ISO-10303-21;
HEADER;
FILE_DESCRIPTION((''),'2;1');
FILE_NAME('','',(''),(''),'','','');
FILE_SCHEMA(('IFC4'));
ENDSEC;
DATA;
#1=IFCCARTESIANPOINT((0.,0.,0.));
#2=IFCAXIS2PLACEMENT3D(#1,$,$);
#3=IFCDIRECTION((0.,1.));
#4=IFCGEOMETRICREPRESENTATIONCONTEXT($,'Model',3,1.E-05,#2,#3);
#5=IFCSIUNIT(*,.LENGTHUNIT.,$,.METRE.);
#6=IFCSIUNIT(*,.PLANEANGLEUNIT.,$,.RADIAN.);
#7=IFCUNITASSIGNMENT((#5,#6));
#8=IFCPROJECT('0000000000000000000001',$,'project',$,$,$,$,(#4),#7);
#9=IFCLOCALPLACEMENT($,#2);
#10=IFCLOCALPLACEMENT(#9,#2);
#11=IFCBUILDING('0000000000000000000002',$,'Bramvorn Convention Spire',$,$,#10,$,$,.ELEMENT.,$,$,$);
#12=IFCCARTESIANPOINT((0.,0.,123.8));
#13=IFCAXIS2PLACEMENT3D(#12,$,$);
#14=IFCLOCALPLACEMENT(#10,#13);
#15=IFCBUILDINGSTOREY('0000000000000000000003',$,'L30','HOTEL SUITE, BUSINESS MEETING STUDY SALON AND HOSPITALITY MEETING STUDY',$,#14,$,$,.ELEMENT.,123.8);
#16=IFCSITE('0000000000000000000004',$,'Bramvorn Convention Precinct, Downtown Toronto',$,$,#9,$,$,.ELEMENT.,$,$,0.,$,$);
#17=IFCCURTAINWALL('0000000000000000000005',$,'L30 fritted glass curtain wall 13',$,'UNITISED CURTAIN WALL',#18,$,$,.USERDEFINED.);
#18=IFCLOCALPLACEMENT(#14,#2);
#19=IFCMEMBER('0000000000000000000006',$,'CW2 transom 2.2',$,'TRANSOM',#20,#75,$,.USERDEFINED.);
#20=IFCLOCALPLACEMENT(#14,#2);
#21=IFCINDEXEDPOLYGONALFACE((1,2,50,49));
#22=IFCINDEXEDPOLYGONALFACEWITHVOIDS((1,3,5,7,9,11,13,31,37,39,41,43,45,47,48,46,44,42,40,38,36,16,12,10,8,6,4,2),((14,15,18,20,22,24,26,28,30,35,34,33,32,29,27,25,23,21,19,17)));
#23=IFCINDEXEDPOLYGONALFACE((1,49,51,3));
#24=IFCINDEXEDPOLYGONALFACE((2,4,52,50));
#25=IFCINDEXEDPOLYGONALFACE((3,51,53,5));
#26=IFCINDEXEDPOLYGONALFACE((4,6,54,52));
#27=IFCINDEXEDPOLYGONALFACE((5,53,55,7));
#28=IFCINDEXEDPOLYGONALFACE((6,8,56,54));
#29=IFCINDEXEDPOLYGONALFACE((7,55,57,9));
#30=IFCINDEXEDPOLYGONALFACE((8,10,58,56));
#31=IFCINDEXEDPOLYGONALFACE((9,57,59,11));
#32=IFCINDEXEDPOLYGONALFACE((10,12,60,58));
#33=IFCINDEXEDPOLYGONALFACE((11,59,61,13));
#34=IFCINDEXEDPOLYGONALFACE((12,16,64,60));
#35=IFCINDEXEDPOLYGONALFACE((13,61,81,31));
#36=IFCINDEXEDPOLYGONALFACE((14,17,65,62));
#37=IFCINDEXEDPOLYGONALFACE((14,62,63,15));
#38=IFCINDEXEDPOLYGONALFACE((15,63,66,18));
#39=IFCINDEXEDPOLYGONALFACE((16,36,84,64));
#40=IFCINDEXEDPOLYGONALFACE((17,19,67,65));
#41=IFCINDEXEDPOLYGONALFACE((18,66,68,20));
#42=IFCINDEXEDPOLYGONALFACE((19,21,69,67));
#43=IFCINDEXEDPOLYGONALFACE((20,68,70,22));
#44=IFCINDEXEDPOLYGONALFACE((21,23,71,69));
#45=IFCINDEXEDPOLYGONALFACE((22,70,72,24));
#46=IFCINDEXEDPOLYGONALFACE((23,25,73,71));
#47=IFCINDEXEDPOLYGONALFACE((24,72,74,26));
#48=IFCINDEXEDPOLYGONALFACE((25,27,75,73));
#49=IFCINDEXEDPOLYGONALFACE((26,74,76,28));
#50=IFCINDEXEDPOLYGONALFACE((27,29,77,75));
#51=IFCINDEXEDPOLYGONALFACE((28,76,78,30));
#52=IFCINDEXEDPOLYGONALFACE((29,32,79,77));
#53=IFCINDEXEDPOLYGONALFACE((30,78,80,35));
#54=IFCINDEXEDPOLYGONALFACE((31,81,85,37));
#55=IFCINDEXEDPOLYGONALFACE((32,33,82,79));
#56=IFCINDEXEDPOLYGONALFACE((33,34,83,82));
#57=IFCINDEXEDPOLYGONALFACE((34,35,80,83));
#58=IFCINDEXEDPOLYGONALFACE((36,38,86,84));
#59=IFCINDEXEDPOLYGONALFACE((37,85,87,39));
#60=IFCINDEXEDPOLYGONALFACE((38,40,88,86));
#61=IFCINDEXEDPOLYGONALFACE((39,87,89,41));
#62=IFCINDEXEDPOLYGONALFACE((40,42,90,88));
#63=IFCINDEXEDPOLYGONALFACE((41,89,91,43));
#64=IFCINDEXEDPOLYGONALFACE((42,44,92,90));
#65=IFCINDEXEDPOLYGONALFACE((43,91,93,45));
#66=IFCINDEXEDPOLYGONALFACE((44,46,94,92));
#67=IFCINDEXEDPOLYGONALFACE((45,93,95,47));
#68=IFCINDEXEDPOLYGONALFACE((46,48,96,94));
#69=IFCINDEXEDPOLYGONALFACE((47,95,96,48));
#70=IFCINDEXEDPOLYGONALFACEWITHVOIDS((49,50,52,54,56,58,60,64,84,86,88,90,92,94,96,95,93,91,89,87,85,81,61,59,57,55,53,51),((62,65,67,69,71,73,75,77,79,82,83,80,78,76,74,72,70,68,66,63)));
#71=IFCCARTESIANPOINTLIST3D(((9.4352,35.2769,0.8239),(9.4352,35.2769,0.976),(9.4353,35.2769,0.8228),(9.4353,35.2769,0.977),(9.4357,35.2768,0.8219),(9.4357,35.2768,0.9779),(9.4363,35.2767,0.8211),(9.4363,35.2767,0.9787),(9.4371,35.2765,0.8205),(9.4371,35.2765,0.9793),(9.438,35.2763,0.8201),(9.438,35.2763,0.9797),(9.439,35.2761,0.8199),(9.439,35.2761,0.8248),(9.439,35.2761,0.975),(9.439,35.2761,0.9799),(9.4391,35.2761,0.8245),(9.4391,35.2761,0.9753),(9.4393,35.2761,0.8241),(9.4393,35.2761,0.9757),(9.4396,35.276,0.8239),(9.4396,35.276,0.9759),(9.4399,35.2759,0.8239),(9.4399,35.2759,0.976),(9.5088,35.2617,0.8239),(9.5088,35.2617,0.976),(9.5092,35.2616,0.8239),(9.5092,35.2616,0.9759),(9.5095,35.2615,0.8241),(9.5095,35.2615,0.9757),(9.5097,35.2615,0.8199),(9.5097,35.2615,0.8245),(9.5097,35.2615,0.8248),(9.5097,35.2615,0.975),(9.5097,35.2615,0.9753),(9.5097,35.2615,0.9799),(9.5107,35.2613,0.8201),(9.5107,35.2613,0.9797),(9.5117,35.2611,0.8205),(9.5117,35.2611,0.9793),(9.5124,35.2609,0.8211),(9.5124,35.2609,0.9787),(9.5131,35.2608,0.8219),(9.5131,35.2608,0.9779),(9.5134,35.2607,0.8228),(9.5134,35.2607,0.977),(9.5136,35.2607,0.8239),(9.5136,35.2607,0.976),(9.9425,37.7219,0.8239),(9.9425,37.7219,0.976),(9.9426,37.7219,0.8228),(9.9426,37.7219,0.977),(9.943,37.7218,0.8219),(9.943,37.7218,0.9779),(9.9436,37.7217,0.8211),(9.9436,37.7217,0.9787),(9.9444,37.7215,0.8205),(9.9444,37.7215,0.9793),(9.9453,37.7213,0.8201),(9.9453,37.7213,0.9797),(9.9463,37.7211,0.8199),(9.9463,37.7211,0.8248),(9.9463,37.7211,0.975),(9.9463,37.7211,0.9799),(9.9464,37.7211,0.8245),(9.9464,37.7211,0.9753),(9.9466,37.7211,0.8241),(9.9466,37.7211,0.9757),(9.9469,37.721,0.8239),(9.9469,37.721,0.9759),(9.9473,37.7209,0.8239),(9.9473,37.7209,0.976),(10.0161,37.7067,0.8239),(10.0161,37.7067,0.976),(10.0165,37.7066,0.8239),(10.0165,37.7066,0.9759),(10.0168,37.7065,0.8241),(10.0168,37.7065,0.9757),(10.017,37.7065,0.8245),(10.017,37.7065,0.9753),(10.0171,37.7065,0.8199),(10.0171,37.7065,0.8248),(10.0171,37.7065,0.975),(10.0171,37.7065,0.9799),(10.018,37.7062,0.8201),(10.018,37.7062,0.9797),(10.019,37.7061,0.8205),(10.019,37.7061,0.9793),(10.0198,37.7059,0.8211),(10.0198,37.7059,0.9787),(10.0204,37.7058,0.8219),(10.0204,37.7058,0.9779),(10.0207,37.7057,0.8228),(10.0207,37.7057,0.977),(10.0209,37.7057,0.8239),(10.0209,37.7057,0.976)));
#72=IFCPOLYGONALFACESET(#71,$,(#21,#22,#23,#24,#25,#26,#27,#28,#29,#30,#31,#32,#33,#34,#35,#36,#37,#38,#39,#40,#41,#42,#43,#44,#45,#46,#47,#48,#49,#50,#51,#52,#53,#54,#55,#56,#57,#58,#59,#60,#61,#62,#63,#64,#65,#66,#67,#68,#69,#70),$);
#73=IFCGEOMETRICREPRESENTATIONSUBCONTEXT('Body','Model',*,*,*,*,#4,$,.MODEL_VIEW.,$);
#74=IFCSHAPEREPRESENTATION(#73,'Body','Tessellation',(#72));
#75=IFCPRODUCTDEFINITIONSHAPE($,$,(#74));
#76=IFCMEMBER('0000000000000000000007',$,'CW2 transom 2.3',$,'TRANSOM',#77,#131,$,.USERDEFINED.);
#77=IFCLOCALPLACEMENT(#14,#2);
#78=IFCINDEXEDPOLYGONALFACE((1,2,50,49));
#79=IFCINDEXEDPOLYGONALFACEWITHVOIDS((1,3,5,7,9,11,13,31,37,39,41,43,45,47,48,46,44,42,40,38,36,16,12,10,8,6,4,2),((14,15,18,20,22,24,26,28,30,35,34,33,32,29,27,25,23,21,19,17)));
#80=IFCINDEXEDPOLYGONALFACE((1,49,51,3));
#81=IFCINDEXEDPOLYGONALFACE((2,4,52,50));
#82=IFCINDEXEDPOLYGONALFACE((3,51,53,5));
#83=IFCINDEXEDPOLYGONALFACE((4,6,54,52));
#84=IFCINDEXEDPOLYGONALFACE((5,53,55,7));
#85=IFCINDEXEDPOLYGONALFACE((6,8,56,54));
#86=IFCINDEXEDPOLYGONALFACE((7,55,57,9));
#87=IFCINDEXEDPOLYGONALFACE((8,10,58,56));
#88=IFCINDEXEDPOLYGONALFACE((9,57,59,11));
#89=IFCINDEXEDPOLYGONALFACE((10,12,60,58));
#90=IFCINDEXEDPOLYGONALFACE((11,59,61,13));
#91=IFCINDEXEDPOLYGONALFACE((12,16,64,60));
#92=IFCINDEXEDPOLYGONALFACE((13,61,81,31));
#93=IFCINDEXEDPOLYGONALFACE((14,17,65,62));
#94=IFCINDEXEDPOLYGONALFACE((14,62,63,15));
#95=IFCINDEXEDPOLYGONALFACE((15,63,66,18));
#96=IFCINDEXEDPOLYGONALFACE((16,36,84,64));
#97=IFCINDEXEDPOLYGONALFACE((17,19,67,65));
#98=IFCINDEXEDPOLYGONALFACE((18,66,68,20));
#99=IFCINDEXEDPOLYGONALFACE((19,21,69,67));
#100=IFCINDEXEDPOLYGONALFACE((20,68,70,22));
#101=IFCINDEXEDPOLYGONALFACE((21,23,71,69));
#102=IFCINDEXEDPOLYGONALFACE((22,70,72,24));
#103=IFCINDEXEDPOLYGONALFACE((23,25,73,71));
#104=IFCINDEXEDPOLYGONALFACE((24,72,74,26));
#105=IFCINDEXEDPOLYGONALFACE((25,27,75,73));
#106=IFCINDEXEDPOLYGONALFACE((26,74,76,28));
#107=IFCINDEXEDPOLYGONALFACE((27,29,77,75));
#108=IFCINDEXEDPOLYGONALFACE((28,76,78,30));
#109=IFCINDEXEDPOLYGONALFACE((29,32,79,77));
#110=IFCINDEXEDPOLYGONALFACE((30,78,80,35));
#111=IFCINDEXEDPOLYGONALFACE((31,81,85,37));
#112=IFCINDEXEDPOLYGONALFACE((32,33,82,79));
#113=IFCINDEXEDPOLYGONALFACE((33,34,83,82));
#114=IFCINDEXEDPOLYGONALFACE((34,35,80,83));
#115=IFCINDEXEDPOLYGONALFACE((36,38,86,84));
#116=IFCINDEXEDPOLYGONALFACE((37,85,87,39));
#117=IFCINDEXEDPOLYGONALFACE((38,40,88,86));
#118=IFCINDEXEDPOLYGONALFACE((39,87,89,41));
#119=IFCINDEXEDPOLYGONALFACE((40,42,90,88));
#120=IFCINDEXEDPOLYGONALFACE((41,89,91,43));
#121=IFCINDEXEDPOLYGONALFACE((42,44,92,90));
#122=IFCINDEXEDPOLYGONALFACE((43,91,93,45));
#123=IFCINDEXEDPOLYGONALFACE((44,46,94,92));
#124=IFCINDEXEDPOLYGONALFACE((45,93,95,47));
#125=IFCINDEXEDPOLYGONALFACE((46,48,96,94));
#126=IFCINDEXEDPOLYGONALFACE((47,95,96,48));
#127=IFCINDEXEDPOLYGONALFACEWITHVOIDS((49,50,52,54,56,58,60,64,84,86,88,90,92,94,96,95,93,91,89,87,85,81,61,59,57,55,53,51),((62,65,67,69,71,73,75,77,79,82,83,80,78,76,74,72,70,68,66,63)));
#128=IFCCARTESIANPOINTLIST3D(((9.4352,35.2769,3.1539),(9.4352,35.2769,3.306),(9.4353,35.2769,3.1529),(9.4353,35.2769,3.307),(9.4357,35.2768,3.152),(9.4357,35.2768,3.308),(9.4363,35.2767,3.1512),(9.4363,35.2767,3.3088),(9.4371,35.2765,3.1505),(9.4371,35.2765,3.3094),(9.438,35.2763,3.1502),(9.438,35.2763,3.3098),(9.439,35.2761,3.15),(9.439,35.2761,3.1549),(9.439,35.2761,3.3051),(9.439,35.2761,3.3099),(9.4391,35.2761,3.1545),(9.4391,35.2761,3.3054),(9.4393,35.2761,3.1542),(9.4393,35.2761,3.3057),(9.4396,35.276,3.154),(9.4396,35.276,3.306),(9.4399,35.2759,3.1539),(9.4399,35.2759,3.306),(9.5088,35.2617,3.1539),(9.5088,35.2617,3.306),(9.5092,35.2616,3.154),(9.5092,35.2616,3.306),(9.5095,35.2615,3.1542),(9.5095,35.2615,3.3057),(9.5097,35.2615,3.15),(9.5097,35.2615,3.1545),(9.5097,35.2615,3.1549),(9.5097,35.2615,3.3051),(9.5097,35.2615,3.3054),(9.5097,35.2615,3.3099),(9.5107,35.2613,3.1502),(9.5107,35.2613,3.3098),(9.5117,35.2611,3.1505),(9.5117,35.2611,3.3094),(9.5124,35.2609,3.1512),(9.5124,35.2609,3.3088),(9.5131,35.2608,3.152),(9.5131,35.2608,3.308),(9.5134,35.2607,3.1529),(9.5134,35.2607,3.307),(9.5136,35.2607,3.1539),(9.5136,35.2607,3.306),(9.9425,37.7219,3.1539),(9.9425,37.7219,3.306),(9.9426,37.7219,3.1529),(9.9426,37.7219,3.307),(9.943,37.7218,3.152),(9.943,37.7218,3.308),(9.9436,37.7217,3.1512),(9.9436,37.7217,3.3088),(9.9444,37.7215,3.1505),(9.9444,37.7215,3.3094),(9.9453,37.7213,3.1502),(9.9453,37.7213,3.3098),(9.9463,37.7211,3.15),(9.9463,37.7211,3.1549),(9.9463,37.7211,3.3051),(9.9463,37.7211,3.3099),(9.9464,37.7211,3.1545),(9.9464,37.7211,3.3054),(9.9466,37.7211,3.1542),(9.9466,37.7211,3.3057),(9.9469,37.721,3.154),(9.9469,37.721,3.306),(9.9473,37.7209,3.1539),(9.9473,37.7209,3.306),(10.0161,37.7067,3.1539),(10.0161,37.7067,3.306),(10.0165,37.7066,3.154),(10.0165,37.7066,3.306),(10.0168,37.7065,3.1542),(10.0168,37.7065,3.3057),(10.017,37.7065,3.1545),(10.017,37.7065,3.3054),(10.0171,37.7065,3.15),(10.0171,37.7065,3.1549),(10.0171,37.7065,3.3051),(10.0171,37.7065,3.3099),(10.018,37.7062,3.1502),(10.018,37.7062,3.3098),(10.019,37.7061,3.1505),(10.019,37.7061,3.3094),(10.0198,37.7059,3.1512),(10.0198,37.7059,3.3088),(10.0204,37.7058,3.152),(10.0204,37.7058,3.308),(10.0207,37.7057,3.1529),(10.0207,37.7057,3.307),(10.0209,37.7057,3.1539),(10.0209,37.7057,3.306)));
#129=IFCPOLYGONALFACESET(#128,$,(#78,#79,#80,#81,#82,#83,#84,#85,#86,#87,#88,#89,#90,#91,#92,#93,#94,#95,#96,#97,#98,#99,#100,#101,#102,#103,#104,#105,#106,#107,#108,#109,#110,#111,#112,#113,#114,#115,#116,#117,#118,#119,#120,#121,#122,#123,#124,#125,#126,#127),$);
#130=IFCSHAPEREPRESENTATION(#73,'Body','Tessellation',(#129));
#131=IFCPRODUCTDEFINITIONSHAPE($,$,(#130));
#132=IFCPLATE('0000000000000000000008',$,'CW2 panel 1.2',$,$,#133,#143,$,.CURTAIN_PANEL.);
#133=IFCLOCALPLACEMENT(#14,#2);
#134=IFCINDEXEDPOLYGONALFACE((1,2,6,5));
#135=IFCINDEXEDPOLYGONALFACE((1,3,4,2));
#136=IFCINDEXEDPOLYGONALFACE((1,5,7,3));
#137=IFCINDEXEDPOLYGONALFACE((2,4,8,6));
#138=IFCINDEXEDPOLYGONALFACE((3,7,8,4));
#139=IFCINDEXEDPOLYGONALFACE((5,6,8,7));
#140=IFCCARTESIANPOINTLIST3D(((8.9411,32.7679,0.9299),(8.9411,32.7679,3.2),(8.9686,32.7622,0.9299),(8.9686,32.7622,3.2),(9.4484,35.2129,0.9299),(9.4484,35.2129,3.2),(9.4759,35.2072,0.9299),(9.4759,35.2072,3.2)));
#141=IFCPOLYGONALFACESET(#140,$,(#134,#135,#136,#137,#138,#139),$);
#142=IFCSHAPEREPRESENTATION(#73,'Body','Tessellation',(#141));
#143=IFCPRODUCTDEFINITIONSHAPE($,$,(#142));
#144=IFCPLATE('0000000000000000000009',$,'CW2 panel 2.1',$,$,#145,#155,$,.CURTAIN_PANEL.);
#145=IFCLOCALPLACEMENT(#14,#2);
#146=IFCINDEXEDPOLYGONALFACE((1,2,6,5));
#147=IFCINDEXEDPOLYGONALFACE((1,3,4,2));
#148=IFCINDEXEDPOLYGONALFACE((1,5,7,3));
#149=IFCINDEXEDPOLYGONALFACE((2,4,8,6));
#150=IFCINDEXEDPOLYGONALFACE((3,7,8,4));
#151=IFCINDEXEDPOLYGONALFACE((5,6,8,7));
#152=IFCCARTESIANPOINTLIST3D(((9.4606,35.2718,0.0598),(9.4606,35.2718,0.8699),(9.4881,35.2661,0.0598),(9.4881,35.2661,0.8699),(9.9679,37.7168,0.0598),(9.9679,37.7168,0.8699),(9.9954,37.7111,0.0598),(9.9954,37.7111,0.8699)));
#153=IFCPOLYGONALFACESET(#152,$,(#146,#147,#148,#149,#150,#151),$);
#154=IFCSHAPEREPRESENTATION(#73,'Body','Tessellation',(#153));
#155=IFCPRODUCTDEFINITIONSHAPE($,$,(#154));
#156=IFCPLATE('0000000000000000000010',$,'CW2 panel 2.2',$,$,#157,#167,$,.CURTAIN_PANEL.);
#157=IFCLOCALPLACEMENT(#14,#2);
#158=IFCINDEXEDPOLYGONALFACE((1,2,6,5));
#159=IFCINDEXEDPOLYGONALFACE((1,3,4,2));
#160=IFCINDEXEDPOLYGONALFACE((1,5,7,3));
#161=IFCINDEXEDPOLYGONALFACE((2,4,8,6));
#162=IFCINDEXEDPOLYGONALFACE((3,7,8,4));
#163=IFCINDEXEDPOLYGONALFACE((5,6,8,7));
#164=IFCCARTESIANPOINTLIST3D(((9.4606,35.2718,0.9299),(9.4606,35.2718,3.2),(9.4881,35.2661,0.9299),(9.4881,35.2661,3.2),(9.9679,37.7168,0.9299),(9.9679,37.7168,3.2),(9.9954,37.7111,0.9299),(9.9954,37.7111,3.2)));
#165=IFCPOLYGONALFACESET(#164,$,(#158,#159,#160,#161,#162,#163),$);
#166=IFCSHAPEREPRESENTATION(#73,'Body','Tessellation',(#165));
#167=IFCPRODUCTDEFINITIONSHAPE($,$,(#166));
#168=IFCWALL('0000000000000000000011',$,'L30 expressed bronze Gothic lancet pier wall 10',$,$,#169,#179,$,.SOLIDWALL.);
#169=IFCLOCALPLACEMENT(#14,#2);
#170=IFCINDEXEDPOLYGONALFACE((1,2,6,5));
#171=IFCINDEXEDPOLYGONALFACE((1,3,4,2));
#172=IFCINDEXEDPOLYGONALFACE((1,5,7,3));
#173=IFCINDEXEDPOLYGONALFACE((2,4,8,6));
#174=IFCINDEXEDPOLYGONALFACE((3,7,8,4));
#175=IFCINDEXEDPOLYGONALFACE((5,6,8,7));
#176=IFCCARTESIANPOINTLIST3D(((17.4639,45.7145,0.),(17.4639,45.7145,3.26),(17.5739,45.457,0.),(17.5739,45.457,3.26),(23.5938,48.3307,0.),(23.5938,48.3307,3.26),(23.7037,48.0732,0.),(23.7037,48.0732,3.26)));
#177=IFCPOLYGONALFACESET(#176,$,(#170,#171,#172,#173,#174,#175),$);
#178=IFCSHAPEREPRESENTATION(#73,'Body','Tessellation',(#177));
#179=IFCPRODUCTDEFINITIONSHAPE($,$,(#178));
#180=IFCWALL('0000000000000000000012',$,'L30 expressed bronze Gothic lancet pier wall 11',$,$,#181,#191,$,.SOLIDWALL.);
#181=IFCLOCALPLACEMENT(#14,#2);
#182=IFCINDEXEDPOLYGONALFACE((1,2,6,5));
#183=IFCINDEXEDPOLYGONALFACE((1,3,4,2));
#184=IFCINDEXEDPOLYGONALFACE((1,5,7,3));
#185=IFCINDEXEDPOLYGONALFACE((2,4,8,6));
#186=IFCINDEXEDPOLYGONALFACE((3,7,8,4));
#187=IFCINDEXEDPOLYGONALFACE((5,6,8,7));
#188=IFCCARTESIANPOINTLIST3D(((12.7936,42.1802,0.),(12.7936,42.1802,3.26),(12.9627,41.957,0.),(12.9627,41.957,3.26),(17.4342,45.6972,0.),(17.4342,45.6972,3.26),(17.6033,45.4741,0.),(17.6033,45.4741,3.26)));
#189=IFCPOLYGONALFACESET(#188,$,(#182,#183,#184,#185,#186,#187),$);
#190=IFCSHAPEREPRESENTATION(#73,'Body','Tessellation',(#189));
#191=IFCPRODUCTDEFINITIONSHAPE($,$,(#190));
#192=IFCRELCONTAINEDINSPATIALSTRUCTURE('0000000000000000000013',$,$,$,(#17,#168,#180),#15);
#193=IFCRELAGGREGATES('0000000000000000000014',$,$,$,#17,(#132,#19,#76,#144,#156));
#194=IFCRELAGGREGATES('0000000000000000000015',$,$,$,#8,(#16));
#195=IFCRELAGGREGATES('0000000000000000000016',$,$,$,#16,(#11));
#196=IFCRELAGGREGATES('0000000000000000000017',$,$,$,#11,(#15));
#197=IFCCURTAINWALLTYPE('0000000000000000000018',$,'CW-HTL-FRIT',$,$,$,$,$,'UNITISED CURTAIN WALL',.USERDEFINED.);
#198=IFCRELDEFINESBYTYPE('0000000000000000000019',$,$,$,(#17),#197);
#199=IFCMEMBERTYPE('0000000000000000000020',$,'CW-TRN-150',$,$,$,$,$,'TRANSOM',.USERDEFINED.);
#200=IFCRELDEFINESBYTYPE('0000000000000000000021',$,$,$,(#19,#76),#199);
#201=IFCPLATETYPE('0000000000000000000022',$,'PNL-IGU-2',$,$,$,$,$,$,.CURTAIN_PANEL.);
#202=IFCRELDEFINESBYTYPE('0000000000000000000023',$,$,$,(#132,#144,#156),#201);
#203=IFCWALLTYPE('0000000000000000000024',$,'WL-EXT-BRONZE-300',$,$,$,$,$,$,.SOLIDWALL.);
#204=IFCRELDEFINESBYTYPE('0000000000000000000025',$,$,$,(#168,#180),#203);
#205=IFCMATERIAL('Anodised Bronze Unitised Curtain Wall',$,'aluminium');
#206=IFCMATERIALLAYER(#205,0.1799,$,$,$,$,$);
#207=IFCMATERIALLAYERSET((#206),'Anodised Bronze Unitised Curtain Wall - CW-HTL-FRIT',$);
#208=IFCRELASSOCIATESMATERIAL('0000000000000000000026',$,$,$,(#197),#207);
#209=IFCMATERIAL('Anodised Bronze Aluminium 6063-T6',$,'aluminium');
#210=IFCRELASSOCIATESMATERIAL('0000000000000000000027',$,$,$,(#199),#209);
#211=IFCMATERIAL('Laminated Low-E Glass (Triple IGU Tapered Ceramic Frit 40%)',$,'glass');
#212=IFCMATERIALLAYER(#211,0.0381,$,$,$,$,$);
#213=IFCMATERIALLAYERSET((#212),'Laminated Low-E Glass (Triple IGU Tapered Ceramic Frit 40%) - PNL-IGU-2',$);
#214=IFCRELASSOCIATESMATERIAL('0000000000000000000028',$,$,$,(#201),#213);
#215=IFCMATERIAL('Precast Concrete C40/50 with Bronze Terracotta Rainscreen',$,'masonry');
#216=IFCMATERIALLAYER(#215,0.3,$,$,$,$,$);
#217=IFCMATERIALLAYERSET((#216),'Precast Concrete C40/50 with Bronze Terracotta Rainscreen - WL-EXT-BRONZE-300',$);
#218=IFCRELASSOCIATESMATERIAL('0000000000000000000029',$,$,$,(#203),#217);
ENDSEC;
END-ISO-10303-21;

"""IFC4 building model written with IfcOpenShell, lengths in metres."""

from ifc_helpers import new_model, si_unit, direction, frame, frame_2d, origin, origin_2d, place, context, subcontext, project, spatial, rectangle, hollow_rectangle, extrude, material, layer, layer_set, material_profile, profile_set, type_object, element, aggregate, save


model = new_model("IFC4")

# Units and contexts
model_context = context("Model", 3, precision=1e-05, world=origin(), true_north=direction((0.0, 1.0)))
body_context = subcontext(model_context, "Body", "Model", "MODEL_VIEW")
ifc_project = project(units=[si_unit("LENGTHUNIT", "METRE"), si_unit("PLANEANGLEUNIT", "RADIAN")], contexts=[model_context])

# Site, building, storey
site_placement = place(None, origin())
site = spatial("IfcSite", under=ifc_project, at=site_placement, Name="Bramvorn Convention Precinct, Downtown Toronto", CompositionType="ELEMENT", RefElevation=0.0)
building_placement = place(site_placement, origin())
building = spatial("IfcBuilding", under=site, at=building_placement, Name="Bramvorn Convention Spire", CompositionType="ELEMENT")
storey_placement = place(building_placement, frame((0.0, 0.0, 123.8)))
storey = spatial("IfcBuildingStorey", under=building, at=storey_placement, Name="L30", Description="HOTEL SUITE, BUSINESS MEETING STUDY SALON AND HOSPITALITY MEETING STUDY", CompositionType="ELEMENT", Elevation=123.8)

# Curtain wall, members, plates
ifc_material_1 = material(Name="Anodised Bronze Unitised Curtain Wall", Category="aluminium")
ifc_layer_1 = layer(ifc_material_1, 0.1799)
ifc_layer_set_1 = layer_set([ifc_layer_1], Name="Anodised Bronze Unitised Curtain Wall - CW-HTL-FRIT")
curtain_wall_type = type_object("IfcCurtainWallType", Name="CW-HTL-FRIT", ElementType="UNITISED CURTAIN WALL", PredefinedType="USERDEFINED", material=ifc_layer_set_1)
curtain_wall_placement = place(storey_placement, origin())
curtain_wall = element("IfcCurtainWall", 1, at=curtain_wall_placement, inside=storey, type_object=curtain_wall_type, Name="L30 fritted glass curtain wall 13", ObjectType="UNITISED CURTAIN WALL", PredefinedType="USERDEFINED")
ifc_material_2 = material(Name="Anodised Bronze Aluminium 6063-T6", Category="aluminium")
ifc_material_profile_1 = material_profile(ifc_material_2, hollow_rectangle(XDim=0.0801, YDim=0.1599, WallThickness=0.0039, InnerFilletRadius=0.001, OuterFilletRadius=0.0039, at=origin_2d()))
ifc_profile_set_1 = profile_set([ifc_material_profile_1], Name="Anodised Bronze Aluminium 6063-T6 - CWT80X160")
member_type_1 = type_object("IfcMemberType", Name="CW-TRN-150", ElementType="TRANSOM", PredefinedType="USERDEFINED", material=ifc_profile_set_1)
member_1_placement = place(storey_placement, frame((9.4744, 35.2688, 0.8999), z_axis=(0.203162, 0.979145, 0.0), x_axis=(-0.979145, 0.203162, 0.0)))
member_1 = element("IfcMember", 2, at=member_1_placement, type_object=member_type_1, Name="CW2 transom 2.2", ObjectType="TRANSOM", PredefinedType="USERDEFINED", context=body_context, shape_type="SweptSolid", body=[
    extrude(hollow_rectangle(XDim=0.0801, YDim=0.1599, WallThickness=0.0039, InnerFilletRadius=0.001, OuterFilletRadius=0.0039, at=origin_2d()), origin(), (0.0, 0.0, 1.0), 2.4971),
])
member_2_placement = place(storey_placement, frame((9.4744, 35.2688, 3.23), z_axis=(0.203162, 0.979145, 0.0), x_axis=(-0.979145, 0.203162, 0.0)))
member_2 = element("IfcMember", 3, at=member_2_placement, type_object=member_type_1, Name="CW2 transom 2.3", ObjectType="TRANSOM", PredefinedType="USERDEFINED", context=body_context, shape_type="SweptSolid", body=[
    extrude(hollow_rectangle(XDim=0.0801, YDim=0.1599, WallThickness=0.0039, InnerFilletRadius=0.001, OuterFilletRadius=0.0039, at=origin_2d()), origin(), (0.0, 0.0, 1.0), 2.4971),
])
ifc_material_3 = material(Name="Laminated Low-E Glass (Triple IGU Tapered Ceramic Frit 40%)", Category="glass")
ifc_layer_2 = layer(ifc_material_3, 0.0381)
ifc_layer_set_2 = layer_set([ifc_layer_2], Name="Laminated Low-E Glass (Triple IGU Tapered Ceramic Frit 40%) - PNL-IGU-2")
plate_type = type_object("IfcPlateType", Name="PNL-IGU-2", PredefinedType="CURTAIN_PANEL", material=ifc_layer_set_2)
plate_1_placement = place(storey_placement, frame((9.2085, 33.9875, 0.9299), z_axis=(0.0, 0.0, 1.0), x_axis=(0.203158, 0.979146, 0.0)))
plate_1 = element("IfcPlate", 4, at=plate_1_placement, type_object=plate_type, Name="CW2 panel 1.2", PredefinedType="CURTAIN_PANEL", context=body_context, shape_type="SweptSolid", body=[
    extrude(rectangle(XDim=2.4971, YDim=0.0281, at=origin_2d()), origin(), (0.0, 0.0, 1.0), 2.27),
])
plate_2_placement = place(storey_placement, frame((9.728, 36.4915, 0.0598), z_axis=(0.0, 0.0, 1.0), x_axis=(0.203158, 0.979146, 0.0)))
plate_2 = element("IfcPlate", 5, at=plate_2_placement, type_object=plate_type, Name="CW2 panel 2.1", PredefinedType="CURTAIN_PANEL", context=body_context, shape_type="SweptSolid", body=[
    extrude(rectangle(XDim=2.4971, YDim=0.0281, at=origin_2d()), origin(), (0.0, 0.0, 1.0), 0.8101),
])
plate_3_placement = place(storey_placement, frame((9.728, 36.4915, 0.9299), z_axis=(0.0, 0.0, 1.0), x_axis=(0.203158, 0.979146, 0.0)))
plate_3 = element("IfcPlate", 6, at=plate_3_placement, type_object=plate_type, Name="CW2 panel 2.2", PredefinedType="CURTAIN_PANEL", context=body_context, shape_type="SweptSolid", body=[
    extrude(rectangle(XDim=2.4971, YDim=0.0281, at=origin_2d()), origin(), (0.0, 0.0, 1.0), 2.27),
])
aggregate(curtain_wall, [plate_1, member_1, member_2, plate_2, plate_3])

# Walls
ifc_material_4 = material(Name="Precast Concrete C40/50 with Bronze Terracotta Rainscreen", Category="masonry")
ifc_layer_3 = layer(ifc_material_4, 0.3)
ifc_layer_set_3 = layer_set([ifc_layer_3], Name="Precast Concrete C40/50 with Bronze Terracotta Rainscreen - WL-EXT-BRONZE-300")
wall_type_1 = type_object("IfcWallType", Name="WL-EXT-BRONZE-300", PredefinedType="SOLIDWALL", material=ifc_layer_set_3)
wall_1_placement = place(storey_placement, frame((17.5188, 45.5857, 0.0), z_axis=(0.0, 0.0, 1.0), x_axis=(0.919735, 0.39254, 0.0)))
element("IfcWall", 7, at=wall_1_placement, inside=storey, type_object=wall_type_1, Name="L30 expressed bronze Gothic lancet pier wall 10", PredefinedType="SOLIDWALL", context=body_context, shape_type="SweptSolid", body=[
    extrude(rectangle(XDim=6.6648, YDim=0.28, at=frame_2d((3.3325, 0.0))), origin(), (0.0, 0.0, 1.0), 3.26),
])
wall_2_placement = place(storey_placement, frame((12.8782, 42.0686, 0.0), z_axis=(0.0, 0.0, 1.0), x_axis=(0.796971, 0.604018, 0.0)))
element("IfcWall", 8, at=wall_2_placement, inside=storey, type_object=wall_type_1, Name="L30 expressed bronze Gothic lancet pier wall 11", PredefinedType="SOLIDWALL", context=body_context, shape_type="SweptSolid", body=[
    extrude(rectangle(XDim=5.8228, YDim=0.28, at=frame_2d((2.9114, 0.0))), origin(), (0.0, 0.0, 1.0), 3.26),
])

save(model, "model.ifc")
